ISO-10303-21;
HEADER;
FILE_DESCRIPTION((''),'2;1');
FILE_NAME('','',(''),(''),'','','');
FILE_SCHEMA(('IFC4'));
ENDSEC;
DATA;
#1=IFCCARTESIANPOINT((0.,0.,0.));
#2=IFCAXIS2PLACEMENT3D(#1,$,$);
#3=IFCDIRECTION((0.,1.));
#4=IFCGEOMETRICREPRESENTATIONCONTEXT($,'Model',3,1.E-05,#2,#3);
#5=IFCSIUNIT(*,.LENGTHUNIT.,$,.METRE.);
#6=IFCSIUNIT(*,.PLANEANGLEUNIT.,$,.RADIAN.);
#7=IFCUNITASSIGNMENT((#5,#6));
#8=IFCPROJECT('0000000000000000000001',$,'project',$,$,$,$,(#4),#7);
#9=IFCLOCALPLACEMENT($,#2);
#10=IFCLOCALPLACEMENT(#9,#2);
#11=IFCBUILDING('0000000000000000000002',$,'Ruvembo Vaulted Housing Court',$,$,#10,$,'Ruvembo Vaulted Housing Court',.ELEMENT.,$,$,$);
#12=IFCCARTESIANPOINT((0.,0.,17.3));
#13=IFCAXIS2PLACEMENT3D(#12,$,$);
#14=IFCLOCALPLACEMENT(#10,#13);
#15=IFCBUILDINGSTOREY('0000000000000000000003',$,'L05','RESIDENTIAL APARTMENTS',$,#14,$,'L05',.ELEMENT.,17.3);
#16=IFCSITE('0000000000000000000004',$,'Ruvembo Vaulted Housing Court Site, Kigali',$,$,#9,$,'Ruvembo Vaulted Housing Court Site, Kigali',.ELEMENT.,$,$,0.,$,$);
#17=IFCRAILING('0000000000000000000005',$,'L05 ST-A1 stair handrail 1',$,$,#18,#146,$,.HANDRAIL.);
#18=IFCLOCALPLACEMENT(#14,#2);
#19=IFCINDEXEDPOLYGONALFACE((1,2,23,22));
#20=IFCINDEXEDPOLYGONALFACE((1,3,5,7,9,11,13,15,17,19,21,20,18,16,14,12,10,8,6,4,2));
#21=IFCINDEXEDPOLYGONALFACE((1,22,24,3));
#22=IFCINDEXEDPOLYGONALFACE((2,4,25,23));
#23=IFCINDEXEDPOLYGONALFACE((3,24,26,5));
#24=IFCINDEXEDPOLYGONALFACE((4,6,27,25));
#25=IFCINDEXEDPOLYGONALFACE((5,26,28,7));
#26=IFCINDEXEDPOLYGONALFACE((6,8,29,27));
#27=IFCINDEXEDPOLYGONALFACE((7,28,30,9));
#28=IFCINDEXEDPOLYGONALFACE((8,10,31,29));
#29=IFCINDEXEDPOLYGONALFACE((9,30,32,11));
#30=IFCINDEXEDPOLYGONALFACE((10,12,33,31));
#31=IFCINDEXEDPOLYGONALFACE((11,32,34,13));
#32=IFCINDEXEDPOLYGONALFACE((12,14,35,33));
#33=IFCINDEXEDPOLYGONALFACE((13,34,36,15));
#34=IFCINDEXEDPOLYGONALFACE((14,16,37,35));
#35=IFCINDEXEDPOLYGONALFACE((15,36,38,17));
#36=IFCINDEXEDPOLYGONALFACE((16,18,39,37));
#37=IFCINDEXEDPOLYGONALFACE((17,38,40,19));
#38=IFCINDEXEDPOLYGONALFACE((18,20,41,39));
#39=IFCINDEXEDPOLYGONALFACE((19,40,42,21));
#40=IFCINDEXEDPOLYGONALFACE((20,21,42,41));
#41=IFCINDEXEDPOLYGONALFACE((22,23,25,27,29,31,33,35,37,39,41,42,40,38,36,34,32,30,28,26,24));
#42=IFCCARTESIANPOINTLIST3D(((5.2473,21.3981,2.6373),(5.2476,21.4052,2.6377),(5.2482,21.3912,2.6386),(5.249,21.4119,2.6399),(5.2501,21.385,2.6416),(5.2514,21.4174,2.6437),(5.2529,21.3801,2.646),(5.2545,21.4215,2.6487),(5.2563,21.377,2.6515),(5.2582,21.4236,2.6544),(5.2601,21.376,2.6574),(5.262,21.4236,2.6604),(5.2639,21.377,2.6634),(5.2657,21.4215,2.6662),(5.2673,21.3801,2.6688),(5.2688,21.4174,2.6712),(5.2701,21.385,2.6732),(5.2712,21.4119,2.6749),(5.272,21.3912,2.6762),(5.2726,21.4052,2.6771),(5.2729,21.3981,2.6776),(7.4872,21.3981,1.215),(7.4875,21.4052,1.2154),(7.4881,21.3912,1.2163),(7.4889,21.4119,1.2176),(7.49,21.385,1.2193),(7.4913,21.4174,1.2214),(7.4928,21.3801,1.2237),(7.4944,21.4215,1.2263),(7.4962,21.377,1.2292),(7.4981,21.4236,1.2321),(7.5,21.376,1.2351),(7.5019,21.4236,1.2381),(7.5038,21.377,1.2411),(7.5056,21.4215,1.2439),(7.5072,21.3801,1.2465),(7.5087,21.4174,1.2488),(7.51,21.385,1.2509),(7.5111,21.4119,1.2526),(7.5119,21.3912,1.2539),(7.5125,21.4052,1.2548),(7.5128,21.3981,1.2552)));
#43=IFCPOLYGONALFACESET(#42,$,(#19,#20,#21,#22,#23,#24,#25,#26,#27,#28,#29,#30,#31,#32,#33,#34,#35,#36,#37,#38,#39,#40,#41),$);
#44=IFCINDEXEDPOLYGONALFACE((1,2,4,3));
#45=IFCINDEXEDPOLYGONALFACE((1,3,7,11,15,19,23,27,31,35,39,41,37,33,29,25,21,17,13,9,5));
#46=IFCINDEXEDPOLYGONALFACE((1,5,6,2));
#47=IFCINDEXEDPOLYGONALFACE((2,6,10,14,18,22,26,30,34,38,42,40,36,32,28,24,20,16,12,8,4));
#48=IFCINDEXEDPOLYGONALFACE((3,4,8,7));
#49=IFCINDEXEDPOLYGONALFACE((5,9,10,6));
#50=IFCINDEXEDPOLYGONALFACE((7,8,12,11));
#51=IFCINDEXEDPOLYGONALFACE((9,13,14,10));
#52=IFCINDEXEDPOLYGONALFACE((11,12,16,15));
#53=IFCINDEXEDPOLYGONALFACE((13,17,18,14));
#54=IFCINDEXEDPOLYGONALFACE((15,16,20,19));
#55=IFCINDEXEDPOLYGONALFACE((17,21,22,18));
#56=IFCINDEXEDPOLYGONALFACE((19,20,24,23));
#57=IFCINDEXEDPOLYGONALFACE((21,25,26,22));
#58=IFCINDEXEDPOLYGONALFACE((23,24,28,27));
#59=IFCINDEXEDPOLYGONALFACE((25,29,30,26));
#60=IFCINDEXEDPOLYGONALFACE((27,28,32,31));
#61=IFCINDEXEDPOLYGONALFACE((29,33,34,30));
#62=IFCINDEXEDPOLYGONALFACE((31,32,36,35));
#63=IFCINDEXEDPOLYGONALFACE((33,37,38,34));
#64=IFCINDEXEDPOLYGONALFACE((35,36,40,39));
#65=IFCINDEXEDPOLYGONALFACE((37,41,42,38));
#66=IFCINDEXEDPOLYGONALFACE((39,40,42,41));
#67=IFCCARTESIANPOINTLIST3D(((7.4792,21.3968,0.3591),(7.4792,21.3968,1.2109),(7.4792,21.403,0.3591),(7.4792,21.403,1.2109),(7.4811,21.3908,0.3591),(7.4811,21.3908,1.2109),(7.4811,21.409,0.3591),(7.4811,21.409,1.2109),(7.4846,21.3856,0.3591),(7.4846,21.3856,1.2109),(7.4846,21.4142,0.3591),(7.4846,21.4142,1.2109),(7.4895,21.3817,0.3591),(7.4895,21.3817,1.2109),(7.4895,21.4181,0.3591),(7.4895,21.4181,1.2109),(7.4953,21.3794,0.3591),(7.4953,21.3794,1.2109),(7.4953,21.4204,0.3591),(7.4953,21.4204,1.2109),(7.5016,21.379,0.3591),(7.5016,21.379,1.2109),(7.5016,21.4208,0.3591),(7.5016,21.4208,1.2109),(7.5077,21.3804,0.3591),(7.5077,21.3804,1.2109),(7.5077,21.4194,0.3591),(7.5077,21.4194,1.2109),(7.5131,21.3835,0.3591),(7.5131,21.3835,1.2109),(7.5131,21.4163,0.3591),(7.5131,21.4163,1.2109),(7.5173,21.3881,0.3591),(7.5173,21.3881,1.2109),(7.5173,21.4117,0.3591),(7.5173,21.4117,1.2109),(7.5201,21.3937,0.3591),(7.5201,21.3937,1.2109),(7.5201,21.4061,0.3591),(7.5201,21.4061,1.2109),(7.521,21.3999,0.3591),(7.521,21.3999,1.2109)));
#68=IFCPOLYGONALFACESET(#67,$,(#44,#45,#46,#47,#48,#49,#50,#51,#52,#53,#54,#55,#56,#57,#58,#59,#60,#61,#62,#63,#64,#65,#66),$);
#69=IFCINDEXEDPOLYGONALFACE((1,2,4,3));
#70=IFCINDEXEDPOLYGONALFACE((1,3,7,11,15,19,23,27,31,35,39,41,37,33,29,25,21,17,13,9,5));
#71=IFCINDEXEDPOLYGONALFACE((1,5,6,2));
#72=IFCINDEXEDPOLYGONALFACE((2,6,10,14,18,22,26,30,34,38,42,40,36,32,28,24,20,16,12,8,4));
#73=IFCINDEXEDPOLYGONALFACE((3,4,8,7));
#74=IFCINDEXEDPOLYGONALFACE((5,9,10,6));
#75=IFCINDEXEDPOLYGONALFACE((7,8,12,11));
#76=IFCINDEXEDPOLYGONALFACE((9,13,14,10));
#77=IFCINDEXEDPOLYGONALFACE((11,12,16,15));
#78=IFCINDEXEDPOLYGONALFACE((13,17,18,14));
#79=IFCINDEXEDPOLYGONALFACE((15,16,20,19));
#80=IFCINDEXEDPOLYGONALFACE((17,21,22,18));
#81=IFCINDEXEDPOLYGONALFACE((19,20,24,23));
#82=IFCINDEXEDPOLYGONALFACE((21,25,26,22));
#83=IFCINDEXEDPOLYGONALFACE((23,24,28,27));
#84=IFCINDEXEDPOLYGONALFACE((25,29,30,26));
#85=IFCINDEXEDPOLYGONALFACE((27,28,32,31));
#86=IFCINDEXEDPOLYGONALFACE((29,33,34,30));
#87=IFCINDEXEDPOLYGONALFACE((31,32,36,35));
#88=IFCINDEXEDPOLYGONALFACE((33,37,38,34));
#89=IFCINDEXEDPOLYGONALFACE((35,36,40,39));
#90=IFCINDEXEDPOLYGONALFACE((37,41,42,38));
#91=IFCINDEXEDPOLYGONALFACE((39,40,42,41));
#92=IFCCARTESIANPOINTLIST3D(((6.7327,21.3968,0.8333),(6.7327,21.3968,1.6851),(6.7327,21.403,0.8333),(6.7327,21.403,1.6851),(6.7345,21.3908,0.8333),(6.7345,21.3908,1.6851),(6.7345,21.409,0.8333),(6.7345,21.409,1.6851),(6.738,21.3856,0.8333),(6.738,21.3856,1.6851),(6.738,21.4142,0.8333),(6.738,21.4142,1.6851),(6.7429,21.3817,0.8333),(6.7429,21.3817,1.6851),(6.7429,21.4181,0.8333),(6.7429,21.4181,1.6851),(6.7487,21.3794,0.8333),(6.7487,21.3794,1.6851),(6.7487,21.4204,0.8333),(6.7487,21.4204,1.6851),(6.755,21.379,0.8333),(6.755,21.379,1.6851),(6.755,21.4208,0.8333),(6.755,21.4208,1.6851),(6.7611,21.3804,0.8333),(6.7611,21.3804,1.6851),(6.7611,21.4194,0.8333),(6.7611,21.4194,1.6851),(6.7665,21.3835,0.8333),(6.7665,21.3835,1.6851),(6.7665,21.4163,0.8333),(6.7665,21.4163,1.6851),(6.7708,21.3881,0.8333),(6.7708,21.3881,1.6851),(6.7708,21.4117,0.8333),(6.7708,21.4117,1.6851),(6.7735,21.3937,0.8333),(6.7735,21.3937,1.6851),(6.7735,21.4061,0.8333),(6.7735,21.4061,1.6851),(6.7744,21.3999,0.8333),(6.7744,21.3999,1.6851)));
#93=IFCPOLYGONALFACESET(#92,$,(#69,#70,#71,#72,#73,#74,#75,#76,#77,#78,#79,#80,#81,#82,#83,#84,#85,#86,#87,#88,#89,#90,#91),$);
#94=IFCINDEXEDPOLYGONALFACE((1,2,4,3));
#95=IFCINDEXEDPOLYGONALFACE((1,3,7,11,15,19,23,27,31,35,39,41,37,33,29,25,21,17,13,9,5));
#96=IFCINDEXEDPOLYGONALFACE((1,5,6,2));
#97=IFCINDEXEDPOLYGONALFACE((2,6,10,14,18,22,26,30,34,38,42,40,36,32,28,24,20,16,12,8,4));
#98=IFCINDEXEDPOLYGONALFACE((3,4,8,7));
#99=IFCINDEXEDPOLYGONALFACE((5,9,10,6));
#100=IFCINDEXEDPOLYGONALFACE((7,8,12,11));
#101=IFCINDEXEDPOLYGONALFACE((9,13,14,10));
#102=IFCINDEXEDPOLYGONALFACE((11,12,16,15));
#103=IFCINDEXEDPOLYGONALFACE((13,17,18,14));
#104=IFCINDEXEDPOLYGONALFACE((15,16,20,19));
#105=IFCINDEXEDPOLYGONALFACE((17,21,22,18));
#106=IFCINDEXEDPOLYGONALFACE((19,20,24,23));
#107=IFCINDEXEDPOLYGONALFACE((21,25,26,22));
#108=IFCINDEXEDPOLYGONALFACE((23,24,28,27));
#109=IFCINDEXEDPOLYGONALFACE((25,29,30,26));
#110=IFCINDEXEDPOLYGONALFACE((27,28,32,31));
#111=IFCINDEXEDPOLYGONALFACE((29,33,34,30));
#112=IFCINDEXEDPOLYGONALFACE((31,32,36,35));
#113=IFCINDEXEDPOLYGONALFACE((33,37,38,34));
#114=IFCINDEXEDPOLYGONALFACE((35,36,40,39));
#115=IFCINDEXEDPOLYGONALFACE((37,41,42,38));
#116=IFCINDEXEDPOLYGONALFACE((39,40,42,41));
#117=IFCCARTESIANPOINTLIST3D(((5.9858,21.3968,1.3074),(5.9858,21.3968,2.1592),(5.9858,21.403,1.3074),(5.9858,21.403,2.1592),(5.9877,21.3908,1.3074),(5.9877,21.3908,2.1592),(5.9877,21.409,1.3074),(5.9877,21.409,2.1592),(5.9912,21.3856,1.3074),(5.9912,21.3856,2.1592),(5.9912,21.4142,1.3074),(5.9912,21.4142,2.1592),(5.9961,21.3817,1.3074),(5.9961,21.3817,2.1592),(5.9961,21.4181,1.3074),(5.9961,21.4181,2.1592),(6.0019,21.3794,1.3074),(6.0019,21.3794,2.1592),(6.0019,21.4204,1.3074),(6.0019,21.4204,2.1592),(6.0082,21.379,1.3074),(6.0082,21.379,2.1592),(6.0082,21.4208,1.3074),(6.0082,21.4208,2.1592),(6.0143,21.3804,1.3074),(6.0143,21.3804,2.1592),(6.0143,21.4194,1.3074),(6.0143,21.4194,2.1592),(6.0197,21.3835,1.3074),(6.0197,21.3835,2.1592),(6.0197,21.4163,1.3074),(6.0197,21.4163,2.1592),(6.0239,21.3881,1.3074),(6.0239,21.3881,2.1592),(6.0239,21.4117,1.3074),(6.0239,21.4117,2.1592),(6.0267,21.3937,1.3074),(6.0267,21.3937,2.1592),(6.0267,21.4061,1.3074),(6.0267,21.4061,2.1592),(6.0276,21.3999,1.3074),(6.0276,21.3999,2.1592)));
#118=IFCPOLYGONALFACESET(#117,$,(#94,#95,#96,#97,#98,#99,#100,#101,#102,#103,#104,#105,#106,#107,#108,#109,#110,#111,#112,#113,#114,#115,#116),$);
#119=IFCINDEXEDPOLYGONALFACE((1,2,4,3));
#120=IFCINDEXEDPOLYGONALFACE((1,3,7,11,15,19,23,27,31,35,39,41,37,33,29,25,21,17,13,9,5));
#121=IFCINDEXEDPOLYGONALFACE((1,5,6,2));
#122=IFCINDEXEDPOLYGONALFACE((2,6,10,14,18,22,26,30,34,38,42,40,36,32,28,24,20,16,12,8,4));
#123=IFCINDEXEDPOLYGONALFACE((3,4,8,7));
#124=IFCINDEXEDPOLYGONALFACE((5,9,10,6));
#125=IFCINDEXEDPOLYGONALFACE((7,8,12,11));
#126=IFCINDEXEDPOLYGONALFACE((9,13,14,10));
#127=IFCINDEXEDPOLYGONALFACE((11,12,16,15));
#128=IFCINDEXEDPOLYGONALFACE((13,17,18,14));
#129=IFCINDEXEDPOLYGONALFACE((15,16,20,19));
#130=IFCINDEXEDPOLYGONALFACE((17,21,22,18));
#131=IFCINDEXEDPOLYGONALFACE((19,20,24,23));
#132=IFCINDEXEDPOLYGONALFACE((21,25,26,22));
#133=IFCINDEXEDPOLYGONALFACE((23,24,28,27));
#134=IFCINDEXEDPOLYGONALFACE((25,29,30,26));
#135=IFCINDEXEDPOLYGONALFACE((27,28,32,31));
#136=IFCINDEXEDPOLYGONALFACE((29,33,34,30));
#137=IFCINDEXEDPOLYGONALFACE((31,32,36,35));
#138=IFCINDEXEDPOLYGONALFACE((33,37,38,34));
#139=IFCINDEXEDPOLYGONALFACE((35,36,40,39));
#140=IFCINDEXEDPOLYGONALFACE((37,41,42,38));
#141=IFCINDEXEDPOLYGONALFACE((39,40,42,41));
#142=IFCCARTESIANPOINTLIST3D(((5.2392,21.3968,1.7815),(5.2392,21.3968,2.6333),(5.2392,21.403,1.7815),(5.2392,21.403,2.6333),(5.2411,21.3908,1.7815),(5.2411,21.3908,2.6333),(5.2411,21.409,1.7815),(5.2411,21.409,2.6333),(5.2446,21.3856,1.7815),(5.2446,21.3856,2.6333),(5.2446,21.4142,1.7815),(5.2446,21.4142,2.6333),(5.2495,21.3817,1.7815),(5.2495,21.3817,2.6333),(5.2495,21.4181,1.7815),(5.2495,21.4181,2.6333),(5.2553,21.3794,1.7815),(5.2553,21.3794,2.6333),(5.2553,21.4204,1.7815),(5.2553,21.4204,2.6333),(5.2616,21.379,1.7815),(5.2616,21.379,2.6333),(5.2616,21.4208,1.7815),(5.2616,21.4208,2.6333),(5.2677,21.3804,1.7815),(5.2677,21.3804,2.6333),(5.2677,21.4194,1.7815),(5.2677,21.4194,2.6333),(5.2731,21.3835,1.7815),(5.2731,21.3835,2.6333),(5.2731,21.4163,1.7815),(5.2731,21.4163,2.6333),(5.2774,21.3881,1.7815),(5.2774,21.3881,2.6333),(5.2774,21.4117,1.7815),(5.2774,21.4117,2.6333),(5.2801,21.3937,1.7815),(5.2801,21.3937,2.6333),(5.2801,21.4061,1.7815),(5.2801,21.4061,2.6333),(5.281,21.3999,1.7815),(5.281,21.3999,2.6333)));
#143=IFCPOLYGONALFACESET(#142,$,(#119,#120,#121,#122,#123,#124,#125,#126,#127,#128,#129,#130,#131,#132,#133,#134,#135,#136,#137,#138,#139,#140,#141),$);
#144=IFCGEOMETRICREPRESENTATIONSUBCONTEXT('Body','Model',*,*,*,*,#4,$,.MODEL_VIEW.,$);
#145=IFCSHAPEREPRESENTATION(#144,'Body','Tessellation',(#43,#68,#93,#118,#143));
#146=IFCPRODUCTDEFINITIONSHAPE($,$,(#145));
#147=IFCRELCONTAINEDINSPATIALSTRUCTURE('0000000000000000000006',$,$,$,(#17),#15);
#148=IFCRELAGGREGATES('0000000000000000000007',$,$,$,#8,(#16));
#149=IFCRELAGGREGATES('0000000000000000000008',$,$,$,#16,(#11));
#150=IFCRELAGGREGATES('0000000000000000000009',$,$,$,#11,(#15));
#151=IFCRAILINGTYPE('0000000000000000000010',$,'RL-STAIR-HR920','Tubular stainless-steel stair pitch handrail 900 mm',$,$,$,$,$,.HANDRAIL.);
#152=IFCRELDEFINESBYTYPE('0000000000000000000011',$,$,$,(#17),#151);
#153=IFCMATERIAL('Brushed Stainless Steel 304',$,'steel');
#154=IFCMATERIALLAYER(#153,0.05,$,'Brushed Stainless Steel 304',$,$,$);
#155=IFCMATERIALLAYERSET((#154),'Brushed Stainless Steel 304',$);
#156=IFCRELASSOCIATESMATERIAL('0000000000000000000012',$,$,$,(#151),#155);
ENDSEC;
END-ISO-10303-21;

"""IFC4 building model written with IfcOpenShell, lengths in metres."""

from ifc_helpers import new_model, si_unit, direction, frame, origin, origin_2d, place, context, subcontext, project, spatial, circle, extrude, material, layer, layer_set, type_object, element, save


model = new_model("IFC4")

# Units and contexts
model_context = context("Model", 3, precision=1e-05, world=origin(), true_north=direction((0.0, 1.0)))
body_context = subcontext(model_context, "Body", "Model", "MODEL_VIEW")
ifc_project = project(units=[si_unit("LENGTHUNIT", "METRE"), si_unit("PLANEANGLEUNIT", "RADIAN")], contexts=[model_context])

# Site, building, storey
site_placement = place(None, origin())
site = spatial("IfcSite", under=ifc_project, at=site_placement, Name="Ruvembo Vaulted Housing Court Site, Kigali", LongName="Ruvembo Vaulted Housing Court Site, Kigali", CompositionType="ELEMENT", RefElevation=0.0)
building_placement = place(site_placement, origin())
building = spatial("IfcBuilding", under=site, at=building_placement, Name="Ruvembo Vaulted Housing Court", LongName="Ruvembo Vaulted Housing Court", CompositionType="ELEMENT")
storey_placement = place(building_placement, frame((0.0, 0.0, 17.3)))
storey = spatial("IfcBuildingStorey", under=building, at=storey_placement, Name="L05", Description="RESIDENTIAL APARTMENTS", LongName="L05", CompositionType="ELEMENT", Elevation=17.3)

# Shared definitions
ifc_material_1 = material(Name="Brushed Stainless Steel 304", Category="steel")

# Railing
ifc_layer_1 = layer(ifc_material_1, 0.05, Name="Brushed Stainless Steel 304")
ifc_layer_set_1 = layer_set([ifc_layer_1], Name="Brushed Stainless Steel 304")
railing_type_1 = type_object("IfcRailingType", Name="RL-STAIR-HR920", Description="Tubular stainless-steel stair pitch handrail 900 mm", PredefinedType="HANDRAIL", material=ifc_layer_set_1)
railing_1_placement = place(storey_placement, frame((7.5, 21.3999, 0.3591)))
element("IfcRailing", 1, at=railing_1_placement, inside=storey, type_object=railing_type_1, Name="L05 ST-A1 stair handrail 1", PredefinedType="HANDRAIL", context=body_context, shape_type="SweptSolid", body=[
    extrude(circle(Radius=0.0239, at=origin_2d()), frame((0.0, 0.0, 0.876), z_axis=(-0.844188, 0.0, 0.536048), x_axis=(0.0, -1.0, 0.0)), (0.0, 0.0, 1.0), 2.6533),
    extrude(circle(Radius=0.021, at=origin_2d()), origin(), (0.0, 0.0, 1.0), 0.8518),
    extrude(circle(Radius=0.021, at=origin_2d()), frame((-0.7466, 0.0, 0.4741)), (0.0, 0.0, 1.0), 0.8518),
    extrude(circle(Radius=0.021, at=origin_2d()), frame((-1.4934, 0.0, 0.9482)), (0.0, 0.0, 1.0), 0.8518),
    extrude(circle(Radius=0.021, at=origin_2d()), frame((-2.24, 0.0, 1.4224)), (0.0, 0.0, 1.0), 0.8518),
])

save(model, "model.ifc")
